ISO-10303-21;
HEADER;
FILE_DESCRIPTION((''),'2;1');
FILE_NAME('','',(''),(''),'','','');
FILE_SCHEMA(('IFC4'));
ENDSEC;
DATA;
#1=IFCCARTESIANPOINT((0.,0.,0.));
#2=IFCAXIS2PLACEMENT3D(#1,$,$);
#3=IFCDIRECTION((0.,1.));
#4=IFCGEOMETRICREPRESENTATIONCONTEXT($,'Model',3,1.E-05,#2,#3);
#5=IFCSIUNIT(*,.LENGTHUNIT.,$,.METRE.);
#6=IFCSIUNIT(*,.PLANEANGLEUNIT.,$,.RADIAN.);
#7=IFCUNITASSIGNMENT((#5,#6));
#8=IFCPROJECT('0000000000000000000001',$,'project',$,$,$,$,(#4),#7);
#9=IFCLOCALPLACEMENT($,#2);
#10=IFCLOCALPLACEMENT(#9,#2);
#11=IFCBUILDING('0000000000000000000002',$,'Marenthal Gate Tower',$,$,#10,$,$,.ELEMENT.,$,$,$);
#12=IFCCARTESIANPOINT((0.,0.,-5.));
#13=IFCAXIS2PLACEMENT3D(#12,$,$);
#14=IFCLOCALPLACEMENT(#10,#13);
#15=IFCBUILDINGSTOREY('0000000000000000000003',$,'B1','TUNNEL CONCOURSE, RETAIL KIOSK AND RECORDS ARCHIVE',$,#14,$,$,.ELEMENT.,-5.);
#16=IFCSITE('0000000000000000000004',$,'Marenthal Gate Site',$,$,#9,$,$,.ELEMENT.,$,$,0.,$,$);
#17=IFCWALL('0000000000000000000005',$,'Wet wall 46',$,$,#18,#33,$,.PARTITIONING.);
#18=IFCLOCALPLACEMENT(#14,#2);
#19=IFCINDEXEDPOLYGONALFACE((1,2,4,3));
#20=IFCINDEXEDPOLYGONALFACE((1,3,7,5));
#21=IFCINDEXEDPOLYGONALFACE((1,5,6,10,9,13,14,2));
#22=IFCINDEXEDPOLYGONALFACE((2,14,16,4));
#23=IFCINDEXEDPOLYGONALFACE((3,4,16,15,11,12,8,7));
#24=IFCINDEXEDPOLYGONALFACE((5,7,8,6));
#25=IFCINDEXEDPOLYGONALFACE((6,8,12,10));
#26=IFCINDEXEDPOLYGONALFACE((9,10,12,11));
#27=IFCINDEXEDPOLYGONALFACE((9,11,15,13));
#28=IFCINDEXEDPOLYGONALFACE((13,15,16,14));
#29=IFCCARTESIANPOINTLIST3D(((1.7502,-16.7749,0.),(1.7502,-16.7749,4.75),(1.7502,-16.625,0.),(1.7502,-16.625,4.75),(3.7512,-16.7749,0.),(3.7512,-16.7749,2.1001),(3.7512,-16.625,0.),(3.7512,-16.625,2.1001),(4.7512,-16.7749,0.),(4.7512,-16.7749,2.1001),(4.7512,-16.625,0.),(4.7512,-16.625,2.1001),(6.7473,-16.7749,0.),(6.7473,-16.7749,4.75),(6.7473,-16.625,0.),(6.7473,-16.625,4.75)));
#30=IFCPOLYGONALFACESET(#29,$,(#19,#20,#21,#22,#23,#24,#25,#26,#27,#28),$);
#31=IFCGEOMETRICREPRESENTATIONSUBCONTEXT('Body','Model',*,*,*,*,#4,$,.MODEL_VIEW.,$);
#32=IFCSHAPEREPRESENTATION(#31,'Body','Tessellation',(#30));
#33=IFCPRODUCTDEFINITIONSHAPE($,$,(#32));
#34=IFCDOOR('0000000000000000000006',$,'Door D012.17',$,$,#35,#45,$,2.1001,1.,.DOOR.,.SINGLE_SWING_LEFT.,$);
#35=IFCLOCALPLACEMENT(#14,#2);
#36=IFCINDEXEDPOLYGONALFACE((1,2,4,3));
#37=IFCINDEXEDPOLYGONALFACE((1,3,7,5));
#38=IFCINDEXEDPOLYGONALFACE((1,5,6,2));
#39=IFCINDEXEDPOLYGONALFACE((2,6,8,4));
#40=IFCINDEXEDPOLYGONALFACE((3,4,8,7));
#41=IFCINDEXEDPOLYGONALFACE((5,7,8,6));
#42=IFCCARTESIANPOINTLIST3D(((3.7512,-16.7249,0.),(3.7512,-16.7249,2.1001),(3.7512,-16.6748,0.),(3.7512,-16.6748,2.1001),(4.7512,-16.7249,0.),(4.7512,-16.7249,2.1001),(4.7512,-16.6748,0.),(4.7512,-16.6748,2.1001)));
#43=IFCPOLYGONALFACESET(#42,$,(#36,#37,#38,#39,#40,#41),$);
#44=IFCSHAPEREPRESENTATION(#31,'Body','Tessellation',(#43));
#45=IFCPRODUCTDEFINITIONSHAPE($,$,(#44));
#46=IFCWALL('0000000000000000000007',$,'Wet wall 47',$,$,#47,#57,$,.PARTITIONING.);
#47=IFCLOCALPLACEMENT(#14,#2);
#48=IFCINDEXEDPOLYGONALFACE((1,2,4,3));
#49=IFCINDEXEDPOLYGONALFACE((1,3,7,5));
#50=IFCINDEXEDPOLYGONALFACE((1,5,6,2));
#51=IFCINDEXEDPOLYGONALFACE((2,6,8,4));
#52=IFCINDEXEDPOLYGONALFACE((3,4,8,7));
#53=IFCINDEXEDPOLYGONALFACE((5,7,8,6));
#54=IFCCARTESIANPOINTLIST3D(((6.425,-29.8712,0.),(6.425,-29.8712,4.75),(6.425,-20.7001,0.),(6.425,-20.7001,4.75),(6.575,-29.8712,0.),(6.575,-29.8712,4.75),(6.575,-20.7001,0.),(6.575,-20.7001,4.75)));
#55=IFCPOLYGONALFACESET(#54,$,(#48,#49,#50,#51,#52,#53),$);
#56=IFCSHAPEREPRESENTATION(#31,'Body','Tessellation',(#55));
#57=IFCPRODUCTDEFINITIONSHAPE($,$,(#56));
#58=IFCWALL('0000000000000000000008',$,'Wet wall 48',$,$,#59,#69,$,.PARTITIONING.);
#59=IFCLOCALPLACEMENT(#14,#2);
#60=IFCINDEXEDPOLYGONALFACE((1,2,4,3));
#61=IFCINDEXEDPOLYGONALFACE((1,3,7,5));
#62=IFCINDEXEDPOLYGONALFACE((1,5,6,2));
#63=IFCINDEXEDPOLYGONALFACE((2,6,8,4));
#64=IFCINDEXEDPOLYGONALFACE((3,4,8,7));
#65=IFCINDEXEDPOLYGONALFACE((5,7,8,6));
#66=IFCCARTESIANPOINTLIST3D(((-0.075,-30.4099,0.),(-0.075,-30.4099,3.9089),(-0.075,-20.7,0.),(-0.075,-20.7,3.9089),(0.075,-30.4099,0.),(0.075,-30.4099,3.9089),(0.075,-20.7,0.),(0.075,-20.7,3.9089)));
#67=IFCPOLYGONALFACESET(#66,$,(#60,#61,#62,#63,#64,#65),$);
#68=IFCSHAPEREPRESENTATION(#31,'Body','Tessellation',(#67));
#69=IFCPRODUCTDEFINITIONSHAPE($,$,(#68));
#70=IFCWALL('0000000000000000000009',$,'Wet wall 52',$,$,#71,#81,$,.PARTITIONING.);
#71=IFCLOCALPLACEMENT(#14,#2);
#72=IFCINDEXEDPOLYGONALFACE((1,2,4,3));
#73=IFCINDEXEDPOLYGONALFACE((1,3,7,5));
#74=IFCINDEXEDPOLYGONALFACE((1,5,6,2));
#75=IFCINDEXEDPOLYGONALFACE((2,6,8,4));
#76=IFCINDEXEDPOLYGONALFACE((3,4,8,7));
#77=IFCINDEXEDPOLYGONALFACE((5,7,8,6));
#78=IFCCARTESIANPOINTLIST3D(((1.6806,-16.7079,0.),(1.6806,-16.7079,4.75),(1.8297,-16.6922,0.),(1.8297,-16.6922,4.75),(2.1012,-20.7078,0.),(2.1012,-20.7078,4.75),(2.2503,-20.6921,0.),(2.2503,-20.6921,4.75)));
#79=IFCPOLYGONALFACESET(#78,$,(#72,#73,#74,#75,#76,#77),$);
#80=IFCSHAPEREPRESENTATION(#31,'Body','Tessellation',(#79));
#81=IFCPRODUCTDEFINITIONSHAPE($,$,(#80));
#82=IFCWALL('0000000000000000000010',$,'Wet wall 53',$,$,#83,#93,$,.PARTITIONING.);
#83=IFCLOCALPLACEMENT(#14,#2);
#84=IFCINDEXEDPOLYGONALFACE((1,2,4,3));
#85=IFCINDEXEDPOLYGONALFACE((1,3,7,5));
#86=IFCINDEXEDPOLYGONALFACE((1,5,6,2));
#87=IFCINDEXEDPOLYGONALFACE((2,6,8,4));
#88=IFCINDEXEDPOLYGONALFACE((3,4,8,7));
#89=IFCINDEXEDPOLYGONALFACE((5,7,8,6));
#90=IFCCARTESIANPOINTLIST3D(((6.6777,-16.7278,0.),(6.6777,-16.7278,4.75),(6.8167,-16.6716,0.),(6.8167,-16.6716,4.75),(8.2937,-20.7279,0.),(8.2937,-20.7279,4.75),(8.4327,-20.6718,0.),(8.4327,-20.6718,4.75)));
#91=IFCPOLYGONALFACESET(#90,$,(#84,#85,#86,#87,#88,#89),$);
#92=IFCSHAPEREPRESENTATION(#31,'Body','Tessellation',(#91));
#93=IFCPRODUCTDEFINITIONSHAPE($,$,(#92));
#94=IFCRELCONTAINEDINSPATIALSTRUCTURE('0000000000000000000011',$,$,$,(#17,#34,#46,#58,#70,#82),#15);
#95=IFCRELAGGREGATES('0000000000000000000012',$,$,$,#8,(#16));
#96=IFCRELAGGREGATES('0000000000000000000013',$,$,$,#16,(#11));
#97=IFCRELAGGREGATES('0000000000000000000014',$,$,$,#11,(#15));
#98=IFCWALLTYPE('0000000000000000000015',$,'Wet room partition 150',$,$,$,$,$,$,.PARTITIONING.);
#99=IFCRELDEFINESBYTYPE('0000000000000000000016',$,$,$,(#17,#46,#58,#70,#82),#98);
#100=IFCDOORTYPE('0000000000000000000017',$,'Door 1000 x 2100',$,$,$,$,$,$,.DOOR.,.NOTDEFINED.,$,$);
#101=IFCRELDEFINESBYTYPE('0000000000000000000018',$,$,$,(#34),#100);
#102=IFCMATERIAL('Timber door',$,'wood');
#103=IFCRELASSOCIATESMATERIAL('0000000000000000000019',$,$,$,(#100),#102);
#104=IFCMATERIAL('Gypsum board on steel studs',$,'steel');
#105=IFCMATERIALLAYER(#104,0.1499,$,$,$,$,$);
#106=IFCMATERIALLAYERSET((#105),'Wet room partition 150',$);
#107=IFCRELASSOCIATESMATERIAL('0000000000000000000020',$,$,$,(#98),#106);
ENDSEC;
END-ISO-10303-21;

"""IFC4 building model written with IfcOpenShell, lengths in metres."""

from ifc_helpers import new_model, si_unit, direction, frame, frame_2d, origin, place, context, subcontext, project, spatial, rectangle, extrude, material, layer, layer_set, type_object, element, fill, save


model = new_model("IFC4")

# Units and contexts
model_context = context("Model", 3, precision=1e-05, world=origin(), true_north=direction((0.0, 1.0)))
body_context = subcontext(model_context, "Body", "Model", "MODEL_VIEW")
ifc_project = project(units=[si_unit("LENGTHUNIT", "METRE"), si_unit("PLANEANGLEUNIT", "RADIAN")], contexts=[model_context])

# Site, building, storey
site_placement = place(None, origin())
site = spatial("IfcSite", under=ifc_project, at=site_placement, Name="Marenthal Gate Site", CompositionType="ELEMENT", RefElevation=0.0)
building_placement = place(site_placement, origin())
building = spatial("IfcBuilding", under=site, at=building_placement, Name="Marenthal Gate Tower", CompositionType="ELEMENT")
storey_placement = place(building_placement, frame((0.0, 0.0, -5.0)))
storey = spatial("IfcBuildingStorey", under=building, at=storey_placement, Name="B1", Description="TUNNEL CONCOURSE, RETAIL KIOSK AND RECORDS ARCHIVE", CompositionType="ELEMENT", Elevation=-5.0)

# Shared definitions
ifc_material_1 = material(Name="Timber door", Category="wood")
door_type_1 = type_object("IfcDoorType", Name="Door 1000 x 2100", OperationType="NOTDEFINED", PredefinedType="DOOR", material=ifc_material_1)

# Wall, opening, door
ifc_material_2 = material(Name="Gypsum board on steel studs", Category="steel")
ifc_layer_1 = layer(ifc_material_2, 0.1499)
ifc_layer_set_1 = layer_set([ifc_layer_1], Name="Wet room partition 150")
wall_type_1 = type_object("IfcWallType", Name="Wet room partition 150", PredefinedType="PARTITIONING", material=ifc_layer_set_1)
wall_1_placement = place(storey_placement, frame((1.7502, -16.7, 0.0), z_axis=(0.0, 0.0, 1.0), x_axis=(1.0, 0.0, 0.0)))
wall_1 = element("IfcWall", 1, at=wall_1_placement, inside=storey, type_object=wall_type_1, Name="Wet wall 46", PredefinedType="PARTITIONING", context=body_context, shape_type="SweptSolid", body=[
    extrude(rectangle(XDim=4.9971, YDim=0.1499, at=frame_2d((2.4985, 0.0))), origin(), (0.0, 0.0, 1.0), 4.75),
])
opening_1_placement = place(wall_1_placement, frame((2.001, 0.0, 0.0)))
opening_1 = element("IfcOpeningElement", 2, at=opening_1_placement, cuts=wall_1, PredefinedType="OPENING", context=body_context, shape_type="SweptSolid", body=[
    extrude(rectangle(XDim=1.0, YDim=2.1001, at=frame_2d((0.5, 1.05))), frame((0.0, 0.085, 0.0), z_axis=(0.0, -1.0, 0.0), x_axis=(1.0, 0.0, 0.0)), (0.0, 0.0, 1.0), 0.1699),
])
door_1_placement = place(opening_1_placement, frame((1.0, 0.0, 0.0), z_axis=(0.0, 0.0, 1.0), x_axis=(-1.0, 0.0, 0.0)))
door_1 = element("IfcDoor", 3, at=door_1_placement, inside=storey, type_object=door_type_1, Name="Door D012.17", OperationType="SINGLE_SWING_LEFT", OverallHeight=2.1001, OverallWidth=1.0, PredefinedType="DOOR", context=body_context, shape_type="SweptSolid", body=[
    extrude(rectangle(XDim=1.0, YDim=2.1001, at=frame_2d((0.5, 1.05))), frame((0.0, 0.0249, 0.0), z_axis=(0.0, -1.0, 0.0), x_axis=(1.0, 0.0, 0.0)), (0.0, 0.0, 1.0), 0.05),
])
fill(opening_1, door_1)

# Walls
wall_2_placement = place(storey_placement, frame((6.5, -29.8711, 0.0), z_axis=(0.0, 0.0, 1.0), x_axis=(0.0, 1.0, 0.0)))
element("IfcWall", 4, at=wall_2_placement, inside=storey, type_object=wall_type_1, Name="Wet wall 47", PredefinedType="PARTITIONING", context=body_context, shape_type="SweptSolid", body=[
    extrude(rectangle(XDim=9.1711, YDim=0.1499, at=frame_2d((4.5854, 0.0))), origin(), (0.0, 0.0, 1.0), 4.75),
])
wall_3_placement = place(storey_placement, frame((0.0, -30.4099, 0.0), z_axis=(0.0, 0.0, 1.0), x_axis=(0.0, 1.0, 0.0)))
element("IfcWall", 5, at=wall_3_placement, inside=storey, type_object=wall_type_1, Name="Wet wall 48", PredefinedType="PARTITIONING", context=body_context, shape_type="SweptSolid", body=[
    extrude(rectangle(XDim=9.71, YDim=0.1499, at=frame_2d((4.855, 0.0))), origin(), (0.0, 0.0, 1.0), 3.9089),
])
wall_4_placement = place(storey_placement, frame((2.1758, -20.7, 0.0), z_axis=(0.0, 0.0, 1.0), x_axis=(-0.104587, 0.994516, 0.0)))
element("IfcWall", 6, at=wall_4_placement, inside=storey, type_object=wall_type_1, Name="Wet wall 52", PredefinedType="PARTITIONING", context=body_context, shape_type="SweptSolid", body=[
    extrude(rectangle(XDim=4.022, YDim=0.1499, at=frame_2d((2.011, 0.0))), origin(), (0.0, 0.0, 1.0), 4.75),
])
wall_5_placement = place(storey_placement, frame((8.3633, -20.7, 0.0), z_axis=(0.0, 0.0, 1.0), x_axis=(-0.374579, 0.927195, 0.0)))
element("IfcWall", 7, at=wall_5_placement, inside=storey, type_object=wall_type_1, Name="Wet wall 53", PredefinedType="PARTITIONING", context=body_context, shape_type="SweptSolid", body=[
    extrude(rectangle(XDim=4.3142, YDim=0.1499, at=frame_2d((2.1572, 0.0))), origin(), (0.0, 0.0, 1.0), 4.75),
])

save(model, "model.ifc")
